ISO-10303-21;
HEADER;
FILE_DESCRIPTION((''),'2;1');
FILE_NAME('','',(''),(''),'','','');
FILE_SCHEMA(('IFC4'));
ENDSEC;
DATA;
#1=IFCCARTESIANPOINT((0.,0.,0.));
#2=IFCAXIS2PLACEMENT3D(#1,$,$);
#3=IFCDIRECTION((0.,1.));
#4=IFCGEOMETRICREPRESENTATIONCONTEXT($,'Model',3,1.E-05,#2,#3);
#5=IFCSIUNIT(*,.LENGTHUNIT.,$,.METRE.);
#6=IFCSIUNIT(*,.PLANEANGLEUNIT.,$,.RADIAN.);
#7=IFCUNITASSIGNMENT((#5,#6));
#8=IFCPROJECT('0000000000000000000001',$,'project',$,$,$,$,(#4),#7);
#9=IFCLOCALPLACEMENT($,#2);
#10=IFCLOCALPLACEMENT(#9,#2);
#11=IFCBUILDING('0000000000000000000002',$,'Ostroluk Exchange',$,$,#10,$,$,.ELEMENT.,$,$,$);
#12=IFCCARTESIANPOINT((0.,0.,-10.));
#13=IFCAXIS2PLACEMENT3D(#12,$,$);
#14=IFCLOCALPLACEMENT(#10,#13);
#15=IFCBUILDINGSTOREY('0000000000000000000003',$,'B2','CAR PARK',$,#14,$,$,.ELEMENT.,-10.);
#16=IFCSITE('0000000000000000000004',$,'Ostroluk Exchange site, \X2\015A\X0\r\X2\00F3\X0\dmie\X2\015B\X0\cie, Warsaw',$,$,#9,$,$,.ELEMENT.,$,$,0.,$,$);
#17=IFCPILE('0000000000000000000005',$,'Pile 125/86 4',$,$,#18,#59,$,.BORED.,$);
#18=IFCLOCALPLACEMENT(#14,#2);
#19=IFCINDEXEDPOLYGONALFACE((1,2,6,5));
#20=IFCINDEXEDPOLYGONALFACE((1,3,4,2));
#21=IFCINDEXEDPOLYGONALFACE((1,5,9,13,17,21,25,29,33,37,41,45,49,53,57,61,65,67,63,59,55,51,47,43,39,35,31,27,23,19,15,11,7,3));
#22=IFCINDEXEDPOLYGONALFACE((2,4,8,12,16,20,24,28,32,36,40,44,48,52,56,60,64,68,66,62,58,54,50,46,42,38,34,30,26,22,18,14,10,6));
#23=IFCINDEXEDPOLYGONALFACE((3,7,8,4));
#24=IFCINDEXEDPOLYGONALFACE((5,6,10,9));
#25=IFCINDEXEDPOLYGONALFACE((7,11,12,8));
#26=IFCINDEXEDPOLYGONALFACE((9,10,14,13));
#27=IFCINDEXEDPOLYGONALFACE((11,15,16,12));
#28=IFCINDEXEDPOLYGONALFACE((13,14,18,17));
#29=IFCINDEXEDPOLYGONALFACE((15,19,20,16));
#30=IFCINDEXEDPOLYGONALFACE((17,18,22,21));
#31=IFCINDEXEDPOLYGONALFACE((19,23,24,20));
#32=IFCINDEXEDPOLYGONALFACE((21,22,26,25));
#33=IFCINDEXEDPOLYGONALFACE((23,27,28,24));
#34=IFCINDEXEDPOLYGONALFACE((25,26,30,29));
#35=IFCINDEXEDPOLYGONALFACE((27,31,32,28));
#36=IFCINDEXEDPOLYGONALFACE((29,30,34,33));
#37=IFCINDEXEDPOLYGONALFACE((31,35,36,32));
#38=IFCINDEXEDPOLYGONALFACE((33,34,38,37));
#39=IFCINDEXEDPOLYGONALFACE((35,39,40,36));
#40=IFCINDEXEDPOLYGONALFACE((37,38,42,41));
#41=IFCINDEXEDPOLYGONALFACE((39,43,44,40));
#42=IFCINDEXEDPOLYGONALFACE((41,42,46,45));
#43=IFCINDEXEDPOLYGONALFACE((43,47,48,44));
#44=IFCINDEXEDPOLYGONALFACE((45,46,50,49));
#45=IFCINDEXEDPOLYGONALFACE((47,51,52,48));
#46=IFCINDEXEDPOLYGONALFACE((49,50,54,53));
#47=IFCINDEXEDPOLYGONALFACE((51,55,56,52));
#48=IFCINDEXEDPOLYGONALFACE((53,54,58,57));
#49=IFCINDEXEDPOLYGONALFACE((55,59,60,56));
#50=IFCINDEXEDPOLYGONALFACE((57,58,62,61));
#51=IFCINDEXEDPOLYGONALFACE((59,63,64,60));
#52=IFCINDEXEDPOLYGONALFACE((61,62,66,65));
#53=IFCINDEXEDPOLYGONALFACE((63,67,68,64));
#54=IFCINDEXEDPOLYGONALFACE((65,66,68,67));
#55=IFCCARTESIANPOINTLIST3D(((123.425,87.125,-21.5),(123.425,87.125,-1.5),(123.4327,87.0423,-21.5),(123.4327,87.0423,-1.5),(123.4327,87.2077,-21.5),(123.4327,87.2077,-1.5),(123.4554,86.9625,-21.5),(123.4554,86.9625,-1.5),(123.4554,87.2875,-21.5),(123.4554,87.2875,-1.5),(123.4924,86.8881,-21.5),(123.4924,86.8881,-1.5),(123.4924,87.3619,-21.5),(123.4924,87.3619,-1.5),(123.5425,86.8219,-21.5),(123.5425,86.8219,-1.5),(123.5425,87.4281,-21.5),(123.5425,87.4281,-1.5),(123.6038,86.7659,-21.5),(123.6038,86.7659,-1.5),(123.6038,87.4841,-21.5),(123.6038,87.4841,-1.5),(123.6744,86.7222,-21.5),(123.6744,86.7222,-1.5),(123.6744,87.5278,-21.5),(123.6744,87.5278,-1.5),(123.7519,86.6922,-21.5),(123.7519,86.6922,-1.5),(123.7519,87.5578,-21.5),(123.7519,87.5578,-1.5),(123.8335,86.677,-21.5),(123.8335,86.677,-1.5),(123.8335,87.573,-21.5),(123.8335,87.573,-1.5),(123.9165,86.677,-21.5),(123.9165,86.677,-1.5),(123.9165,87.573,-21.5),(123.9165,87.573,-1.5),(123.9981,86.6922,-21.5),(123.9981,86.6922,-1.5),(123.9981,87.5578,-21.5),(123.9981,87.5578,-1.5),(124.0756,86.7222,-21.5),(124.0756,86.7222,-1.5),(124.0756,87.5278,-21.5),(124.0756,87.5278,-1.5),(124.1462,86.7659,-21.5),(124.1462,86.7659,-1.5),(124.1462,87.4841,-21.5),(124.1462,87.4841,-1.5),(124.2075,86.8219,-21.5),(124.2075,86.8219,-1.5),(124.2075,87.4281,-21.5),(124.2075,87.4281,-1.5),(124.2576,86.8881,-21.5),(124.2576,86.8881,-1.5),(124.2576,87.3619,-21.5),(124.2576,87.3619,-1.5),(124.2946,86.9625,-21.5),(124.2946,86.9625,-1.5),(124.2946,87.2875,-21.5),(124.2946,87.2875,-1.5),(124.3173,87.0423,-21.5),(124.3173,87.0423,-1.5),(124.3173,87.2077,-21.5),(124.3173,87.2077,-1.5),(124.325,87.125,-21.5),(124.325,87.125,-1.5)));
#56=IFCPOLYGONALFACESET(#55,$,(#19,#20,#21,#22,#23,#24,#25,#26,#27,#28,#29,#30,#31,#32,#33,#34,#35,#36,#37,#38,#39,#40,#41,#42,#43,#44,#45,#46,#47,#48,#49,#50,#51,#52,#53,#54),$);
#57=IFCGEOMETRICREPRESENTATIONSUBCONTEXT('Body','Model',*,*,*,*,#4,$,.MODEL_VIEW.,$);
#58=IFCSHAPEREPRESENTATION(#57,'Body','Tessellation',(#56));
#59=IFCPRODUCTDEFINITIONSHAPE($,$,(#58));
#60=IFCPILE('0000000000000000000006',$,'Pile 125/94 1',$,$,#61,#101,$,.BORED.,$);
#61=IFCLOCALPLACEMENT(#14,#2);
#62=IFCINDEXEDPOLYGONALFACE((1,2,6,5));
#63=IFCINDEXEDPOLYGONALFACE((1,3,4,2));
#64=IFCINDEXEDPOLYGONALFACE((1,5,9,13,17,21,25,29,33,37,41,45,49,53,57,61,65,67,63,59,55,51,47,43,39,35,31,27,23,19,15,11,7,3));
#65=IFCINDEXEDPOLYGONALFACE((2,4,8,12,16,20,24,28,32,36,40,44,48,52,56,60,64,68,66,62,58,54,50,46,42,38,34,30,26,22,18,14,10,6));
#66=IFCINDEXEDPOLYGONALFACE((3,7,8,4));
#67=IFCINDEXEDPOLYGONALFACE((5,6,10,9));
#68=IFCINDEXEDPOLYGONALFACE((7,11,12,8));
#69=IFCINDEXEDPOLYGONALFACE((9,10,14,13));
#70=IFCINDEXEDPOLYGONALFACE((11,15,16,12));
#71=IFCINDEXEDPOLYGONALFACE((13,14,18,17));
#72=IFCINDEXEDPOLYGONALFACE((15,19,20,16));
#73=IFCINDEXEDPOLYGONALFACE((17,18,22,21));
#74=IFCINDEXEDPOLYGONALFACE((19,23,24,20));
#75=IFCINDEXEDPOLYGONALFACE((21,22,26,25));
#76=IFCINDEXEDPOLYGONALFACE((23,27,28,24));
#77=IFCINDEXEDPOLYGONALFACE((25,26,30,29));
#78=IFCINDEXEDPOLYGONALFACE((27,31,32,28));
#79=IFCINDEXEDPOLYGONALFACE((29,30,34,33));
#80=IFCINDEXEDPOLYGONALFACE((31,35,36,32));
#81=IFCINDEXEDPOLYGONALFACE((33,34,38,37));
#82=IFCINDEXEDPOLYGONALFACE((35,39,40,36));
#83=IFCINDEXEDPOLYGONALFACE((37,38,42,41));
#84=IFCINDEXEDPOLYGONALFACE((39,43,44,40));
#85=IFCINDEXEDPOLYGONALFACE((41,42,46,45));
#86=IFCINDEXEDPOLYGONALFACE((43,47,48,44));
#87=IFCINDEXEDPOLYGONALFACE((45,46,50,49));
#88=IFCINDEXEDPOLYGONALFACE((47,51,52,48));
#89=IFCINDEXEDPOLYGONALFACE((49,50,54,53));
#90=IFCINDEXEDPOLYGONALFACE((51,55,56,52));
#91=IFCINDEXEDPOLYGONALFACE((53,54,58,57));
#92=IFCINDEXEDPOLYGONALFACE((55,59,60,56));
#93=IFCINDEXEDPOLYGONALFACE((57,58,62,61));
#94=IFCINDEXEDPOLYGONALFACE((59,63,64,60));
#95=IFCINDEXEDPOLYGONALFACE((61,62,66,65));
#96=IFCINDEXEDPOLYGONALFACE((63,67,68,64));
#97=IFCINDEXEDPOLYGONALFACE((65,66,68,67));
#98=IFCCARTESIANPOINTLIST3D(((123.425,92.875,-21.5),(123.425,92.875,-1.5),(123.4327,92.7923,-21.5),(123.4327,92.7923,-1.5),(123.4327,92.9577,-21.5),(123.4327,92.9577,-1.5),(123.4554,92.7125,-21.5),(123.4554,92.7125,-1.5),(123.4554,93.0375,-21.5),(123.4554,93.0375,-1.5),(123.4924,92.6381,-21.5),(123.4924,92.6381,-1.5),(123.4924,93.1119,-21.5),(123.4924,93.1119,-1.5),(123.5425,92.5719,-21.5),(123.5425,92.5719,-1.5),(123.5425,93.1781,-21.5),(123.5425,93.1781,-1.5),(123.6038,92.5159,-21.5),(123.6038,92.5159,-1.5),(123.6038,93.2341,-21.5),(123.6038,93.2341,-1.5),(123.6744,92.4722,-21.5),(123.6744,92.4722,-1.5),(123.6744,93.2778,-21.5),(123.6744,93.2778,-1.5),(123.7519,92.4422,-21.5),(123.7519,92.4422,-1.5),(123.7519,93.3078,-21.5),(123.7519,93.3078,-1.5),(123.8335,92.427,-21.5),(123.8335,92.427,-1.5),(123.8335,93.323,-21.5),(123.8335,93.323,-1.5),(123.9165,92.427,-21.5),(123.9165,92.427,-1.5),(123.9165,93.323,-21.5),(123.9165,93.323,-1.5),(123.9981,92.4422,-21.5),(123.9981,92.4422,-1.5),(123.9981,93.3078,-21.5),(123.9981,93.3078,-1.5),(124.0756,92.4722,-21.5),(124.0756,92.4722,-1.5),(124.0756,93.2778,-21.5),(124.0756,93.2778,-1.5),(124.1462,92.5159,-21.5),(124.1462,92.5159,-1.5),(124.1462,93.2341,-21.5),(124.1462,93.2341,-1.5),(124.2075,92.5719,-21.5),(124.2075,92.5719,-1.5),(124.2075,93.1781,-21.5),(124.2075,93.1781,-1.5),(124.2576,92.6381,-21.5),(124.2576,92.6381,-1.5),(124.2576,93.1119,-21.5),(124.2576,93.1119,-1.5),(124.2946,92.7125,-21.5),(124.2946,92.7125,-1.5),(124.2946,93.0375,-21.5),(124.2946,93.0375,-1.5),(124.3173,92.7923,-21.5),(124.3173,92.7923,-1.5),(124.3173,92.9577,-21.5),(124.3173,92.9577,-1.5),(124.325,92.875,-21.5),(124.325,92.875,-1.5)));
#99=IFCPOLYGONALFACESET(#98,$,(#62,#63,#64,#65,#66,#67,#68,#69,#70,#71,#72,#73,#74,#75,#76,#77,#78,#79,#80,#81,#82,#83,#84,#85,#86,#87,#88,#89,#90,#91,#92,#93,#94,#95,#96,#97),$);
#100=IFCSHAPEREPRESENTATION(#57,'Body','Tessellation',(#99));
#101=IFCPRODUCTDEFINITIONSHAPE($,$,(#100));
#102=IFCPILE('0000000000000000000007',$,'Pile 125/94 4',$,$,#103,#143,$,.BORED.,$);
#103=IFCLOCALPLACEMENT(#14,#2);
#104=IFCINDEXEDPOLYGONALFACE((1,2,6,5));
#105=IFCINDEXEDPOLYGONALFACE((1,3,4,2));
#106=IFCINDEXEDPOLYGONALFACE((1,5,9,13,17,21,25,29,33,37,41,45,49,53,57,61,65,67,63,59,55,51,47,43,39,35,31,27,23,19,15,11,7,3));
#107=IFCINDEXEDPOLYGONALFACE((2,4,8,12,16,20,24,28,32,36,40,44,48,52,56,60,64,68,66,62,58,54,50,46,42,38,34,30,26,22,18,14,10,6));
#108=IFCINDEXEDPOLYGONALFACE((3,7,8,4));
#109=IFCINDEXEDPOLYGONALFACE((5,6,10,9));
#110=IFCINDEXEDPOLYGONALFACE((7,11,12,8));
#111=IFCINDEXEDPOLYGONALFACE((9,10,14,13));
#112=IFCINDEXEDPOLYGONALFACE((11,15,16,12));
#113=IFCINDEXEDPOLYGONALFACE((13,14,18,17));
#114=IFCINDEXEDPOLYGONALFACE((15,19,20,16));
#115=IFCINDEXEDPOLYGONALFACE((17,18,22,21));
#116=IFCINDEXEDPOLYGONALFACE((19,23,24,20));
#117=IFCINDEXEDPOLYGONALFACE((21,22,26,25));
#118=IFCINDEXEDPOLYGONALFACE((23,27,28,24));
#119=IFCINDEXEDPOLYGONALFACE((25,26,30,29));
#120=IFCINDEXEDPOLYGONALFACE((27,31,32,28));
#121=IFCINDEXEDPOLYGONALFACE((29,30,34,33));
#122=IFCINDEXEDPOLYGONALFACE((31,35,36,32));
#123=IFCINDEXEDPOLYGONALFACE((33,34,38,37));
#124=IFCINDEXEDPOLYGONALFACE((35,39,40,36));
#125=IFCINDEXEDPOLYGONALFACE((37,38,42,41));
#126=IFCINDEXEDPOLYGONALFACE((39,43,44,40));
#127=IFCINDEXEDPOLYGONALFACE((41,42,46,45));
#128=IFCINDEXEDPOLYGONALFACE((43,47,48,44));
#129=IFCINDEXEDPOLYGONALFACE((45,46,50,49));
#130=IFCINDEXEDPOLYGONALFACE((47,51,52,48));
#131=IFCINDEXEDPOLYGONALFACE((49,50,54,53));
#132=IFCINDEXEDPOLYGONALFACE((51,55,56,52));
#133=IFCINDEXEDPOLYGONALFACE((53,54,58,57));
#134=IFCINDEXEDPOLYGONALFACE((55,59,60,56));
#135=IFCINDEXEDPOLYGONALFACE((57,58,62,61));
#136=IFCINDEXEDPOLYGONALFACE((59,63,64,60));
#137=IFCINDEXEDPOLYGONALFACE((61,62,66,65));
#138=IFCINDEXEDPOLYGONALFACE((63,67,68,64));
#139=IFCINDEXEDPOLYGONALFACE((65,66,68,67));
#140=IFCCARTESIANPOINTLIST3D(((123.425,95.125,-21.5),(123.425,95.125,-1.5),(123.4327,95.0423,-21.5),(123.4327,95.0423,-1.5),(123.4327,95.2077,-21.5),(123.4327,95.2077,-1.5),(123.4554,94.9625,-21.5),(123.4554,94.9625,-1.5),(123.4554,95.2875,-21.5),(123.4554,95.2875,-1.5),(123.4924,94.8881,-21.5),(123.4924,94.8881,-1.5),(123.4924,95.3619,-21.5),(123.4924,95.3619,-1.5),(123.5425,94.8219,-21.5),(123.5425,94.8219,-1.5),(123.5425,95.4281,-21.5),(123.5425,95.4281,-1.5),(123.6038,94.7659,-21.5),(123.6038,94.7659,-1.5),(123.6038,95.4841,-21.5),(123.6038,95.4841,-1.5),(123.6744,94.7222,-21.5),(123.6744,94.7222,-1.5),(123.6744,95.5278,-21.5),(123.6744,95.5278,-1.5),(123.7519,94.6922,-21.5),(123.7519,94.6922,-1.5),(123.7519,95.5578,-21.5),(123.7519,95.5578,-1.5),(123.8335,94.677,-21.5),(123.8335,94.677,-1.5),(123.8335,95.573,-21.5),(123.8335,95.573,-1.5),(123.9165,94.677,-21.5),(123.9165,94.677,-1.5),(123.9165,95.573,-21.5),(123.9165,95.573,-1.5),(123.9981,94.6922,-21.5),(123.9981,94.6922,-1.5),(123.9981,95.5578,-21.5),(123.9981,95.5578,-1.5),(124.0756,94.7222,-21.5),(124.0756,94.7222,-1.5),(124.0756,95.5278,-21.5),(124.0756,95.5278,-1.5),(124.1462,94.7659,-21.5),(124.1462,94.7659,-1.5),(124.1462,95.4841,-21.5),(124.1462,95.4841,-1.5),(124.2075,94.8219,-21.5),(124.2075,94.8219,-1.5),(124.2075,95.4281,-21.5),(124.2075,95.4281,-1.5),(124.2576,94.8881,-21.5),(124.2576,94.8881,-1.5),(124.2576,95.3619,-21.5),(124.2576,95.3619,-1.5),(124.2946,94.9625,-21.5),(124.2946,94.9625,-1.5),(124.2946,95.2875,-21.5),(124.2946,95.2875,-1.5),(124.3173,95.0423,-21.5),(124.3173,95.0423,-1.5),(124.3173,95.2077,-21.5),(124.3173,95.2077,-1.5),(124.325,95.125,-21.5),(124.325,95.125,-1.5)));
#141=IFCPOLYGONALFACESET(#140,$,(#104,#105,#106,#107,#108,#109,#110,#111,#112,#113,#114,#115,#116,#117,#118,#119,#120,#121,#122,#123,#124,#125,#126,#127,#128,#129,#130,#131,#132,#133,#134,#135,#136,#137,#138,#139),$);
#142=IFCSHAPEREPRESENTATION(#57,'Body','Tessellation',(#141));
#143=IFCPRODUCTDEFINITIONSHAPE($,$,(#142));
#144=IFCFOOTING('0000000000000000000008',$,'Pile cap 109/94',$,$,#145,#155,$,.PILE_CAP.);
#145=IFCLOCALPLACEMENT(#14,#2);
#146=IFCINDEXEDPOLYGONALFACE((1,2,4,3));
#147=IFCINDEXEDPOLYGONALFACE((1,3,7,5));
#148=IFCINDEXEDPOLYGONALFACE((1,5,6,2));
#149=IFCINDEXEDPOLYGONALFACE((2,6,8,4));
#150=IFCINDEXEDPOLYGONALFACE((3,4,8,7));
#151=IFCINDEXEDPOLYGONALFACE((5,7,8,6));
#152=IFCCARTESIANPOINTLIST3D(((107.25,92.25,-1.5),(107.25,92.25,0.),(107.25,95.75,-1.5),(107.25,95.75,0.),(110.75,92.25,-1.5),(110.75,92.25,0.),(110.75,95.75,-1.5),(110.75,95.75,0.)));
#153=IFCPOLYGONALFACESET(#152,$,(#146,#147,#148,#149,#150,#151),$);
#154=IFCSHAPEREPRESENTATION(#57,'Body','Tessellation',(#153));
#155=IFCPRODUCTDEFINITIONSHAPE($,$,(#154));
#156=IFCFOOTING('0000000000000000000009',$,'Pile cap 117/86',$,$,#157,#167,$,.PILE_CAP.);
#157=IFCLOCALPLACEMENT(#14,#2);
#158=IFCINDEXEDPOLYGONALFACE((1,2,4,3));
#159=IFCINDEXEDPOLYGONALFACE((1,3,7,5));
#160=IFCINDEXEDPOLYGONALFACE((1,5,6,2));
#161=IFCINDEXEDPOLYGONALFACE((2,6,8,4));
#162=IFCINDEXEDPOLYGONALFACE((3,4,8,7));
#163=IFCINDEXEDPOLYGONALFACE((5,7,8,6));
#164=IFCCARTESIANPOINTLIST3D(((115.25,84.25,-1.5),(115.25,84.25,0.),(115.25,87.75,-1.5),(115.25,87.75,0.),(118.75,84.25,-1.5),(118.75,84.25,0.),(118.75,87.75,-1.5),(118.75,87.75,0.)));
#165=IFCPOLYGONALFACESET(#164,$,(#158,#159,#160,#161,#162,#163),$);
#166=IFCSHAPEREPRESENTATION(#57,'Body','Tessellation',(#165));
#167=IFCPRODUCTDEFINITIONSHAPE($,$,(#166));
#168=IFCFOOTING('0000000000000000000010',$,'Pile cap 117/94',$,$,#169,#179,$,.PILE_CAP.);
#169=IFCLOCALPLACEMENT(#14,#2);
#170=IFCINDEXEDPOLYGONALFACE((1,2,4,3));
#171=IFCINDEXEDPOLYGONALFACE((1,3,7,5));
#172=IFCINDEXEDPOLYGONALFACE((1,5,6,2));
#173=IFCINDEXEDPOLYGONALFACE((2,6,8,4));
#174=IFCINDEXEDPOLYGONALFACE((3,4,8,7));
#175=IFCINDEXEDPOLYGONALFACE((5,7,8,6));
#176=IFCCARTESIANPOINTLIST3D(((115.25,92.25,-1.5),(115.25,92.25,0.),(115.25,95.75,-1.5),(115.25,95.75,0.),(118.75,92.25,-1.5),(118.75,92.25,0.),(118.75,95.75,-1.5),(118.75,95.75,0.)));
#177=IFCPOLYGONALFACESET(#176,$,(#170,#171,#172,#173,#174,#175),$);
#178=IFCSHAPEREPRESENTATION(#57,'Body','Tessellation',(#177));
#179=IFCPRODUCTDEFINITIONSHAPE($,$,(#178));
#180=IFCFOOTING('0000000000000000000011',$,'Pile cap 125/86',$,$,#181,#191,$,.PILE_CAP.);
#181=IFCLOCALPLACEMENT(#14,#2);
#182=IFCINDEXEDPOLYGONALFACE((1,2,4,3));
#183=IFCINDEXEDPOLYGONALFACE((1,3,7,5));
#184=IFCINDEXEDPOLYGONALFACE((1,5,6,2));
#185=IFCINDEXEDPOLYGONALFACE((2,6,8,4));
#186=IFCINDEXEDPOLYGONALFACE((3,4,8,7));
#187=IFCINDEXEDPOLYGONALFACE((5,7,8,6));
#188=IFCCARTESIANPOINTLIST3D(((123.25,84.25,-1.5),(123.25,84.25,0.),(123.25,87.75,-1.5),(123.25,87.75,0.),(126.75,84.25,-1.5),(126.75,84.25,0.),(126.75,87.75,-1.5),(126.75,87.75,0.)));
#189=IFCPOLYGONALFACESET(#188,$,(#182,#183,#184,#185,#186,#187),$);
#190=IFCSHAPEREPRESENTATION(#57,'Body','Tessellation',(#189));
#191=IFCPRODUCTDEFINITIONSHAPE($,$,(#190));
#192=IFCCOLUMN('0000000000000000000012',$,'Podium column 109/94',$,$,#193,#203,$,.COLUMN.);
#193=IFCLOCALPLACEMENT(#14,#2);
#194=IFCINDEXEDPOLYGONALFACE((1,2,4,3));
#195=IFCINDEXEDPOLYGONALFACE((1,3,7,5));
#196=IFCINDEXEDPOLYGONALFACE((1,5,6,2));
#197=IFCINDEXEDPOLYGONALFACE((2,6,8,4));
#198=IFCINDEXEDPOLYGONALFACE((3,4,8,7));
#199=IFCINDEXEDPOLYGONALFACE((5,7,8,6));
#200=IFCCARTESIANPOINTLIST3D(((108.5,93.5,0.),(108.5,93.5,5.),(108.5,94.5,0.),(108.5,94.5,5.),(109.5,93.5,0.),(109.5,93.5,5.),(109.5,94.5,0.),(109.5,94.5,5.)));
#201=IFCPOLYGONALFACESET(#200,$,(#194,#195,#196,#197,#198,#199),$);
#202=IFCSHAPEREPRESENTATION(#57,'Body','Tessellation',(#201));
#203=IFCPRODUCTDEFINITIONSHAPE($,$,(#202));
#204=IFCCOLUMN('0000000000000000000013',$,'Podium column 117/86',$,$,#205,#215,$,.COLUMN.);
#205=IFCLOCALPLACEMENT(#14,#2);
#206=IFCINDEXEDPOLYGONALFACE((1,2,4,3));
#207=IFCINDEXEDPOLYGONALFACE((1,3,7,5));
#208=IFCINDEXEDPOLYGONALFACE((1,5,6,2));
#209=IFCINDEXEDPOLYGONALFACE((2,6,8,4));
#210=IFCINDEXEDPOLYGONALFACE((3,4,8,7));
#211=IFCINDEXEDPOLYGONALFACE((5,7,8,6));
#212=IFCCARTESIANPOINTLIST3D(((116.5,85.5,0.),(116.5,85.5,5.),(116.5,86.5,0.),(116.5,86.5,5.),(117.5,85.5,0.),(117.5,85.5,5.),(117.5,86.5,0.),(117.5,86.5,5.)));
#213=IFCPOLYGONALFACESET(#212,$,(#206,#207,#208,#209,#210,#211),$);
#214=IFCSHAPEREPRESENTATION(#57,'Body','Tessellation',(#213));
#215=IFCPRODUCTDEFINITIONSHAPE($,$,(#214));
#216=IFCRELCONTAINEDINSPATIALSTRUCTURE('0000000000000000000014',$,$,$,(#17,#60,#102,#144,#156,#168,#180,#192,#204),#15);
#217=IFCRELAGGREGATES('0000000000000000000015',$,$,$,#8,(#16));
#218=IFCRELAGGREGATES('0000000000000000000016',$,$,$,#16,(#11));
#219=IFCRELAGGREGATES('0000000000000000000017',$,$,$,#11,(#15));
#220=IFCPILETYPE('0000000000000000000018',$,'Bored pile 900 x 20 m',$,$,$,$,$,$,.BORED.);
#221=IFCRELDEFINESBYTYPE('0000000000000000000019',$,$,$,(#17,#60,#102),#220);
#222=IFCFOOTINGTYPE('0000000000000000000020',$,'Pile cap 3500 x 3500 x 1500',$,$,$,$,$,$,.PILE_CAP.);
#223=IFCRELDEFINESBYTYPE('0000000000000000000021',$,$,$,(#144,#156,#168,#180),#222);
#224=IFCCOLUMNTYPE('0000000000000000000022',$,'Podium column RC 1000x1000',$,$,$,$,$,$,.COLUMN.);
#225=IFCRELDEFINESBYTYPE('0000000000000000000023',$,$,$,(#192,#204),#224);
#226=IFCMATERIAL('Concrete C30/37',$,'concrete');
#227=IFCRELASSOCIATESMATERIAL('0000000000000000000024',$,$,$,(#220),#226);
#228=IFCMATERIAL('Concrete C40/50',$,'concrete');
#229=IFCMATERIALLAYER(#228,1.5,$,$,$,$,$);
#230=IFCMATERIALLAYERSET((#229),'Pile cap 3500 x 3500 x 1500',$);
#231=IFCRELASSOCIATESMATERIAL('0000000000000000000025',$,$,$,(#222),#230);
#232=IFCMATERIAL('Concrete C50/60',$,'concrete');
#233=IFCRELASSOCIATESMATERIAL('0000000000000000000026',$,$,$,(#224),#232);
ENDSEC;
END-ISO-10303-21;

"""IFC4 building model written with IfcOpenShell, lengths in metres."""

from ifc_helpers import new_model, si_unit, direction, frame, origin, origin_2d, place, context, subcontext, project, spatial, rectangle, circle, extrude, material, layer, layer_set, material_profile, profile_set, type_object, element, save


model = new_model("IFC4")

# Units and contexts
model_context = context("Model", 3, precision=1e-05, world=origin(), true_north=direction((0.0, 1.0)))
body_context = subcontext(model_context, "Body", "Model", "MODEL_VIEW")
ifc_project = project(units=[si_unit("LENGTHUNIT", "METRE"), si_unit("PLANEANGLEUNIT", "RADIAN")], contexts=[model_context])

# Site, building, storey
site_placement = place(None, origin())
site = spatial("IfcSite", under=ifc_project, at=site_placement, Name="Ostroluk Exchange site, Śródmieście, Warsaw", CompositionType="ELEMENT", RefElevation=0.0)
building_placement = place(site_placement, origin())
building = spatial("IfcBuilding", under=site, at=building_placement, Name="Ostroluk Exchange", CompositionType="ELEMENT")
storey_placement = place(building_placement, frame((0.0, 0.0, -10.0)))
storey = spatial("IfcBuildingStorey", under=building, at=storey_placement, Name="B2", Description="CAR PARK", CompositionType="ELEMENT", Elevation=-10.0)

# Piles
ifc_material_1 = material(Name="Concrete C30/37", Category="concrete")
pile_type = type_object("IfcPileType", Name="Bored pile 900 x 20 m", PredefinedType="BORED", material=ifc_material_1)
for number, where, z_axis, x_axis, name in (
    (1, (123.875, 87.125, -1.5), (0.0, 0.0, -1.0), (1.0, 0.0, 0.0), "Pile 125/86 4"),
    (2, (123.875, 92.875, -1.5), (0.0, 0.0, -1.0), (1.0, 0.0, 0.0), "Pile 125/94 1"),
    (3, (123.875, 95.125, -1.5), (0.0, 0.0, -1.0), (1.0, 0.0, 0.0), "Pile 125/94 4"),
):
    element("IfcPile", number, at=place(storey_placement, frame(where, z_axis=z_axis, x_axis=x_axis)), inside=storey, type_object=pile_type, Name=name, PredefinedType="BORED", context=body_context, shape_type="SweptSolid", body=[
        extrude(circle(Radius=0.45, at=origin_2d()), origin(), (0.0, 0.0, 1.0), 20.0),
    ])

# Footings
ifc_material_2 = material(Name="Concrete C40/50", Category="concrete")
ifc_layer = layer(ifc_material_2, 1.5)
ifc_layer_set = layer_set([ifc_layer], Name="Pile cap 3500 x 3500 x 1500")
footing_type = type_object("IfcFootingType", Name="Pile cap 3500 x 3500 x 1500", PredefinedType="PILE_CAP", material=ifc_layer_set)
for number, where, z_axis, x_axis, name in (
    (4, (109.0, 94.0, -1.5), (0.0, 0.0, 1.0), (1.0, 0.0, 0.0), "Pile cap 109/94"),
    (5, (117.0, 86.0, -1.5), (0.0, 0.0, 1.0), (1.0, 0.0, 0.0), "Pile cap 117/86"),
    (6, (117.0, 94.0, -1.5), (0.0, 0.0, 1.0), (1.0, 0.0, 0.0), "Pile cap 117/94"),
    (7, (125.0, 86.0, -1.5), (0.0, 0.0, 1.0), (1.0, 0.0, 0.0), "Pile cap 125/86"),
):
    element("IfcFooting", number, at=place(storey_placement, frame(where, z_axis=z_axis, x_axis=x_axis)), inside=storey, type_object=footing_type, Name=name, PredefinedType="PILE_CAP", context=body_context, shape_type="SweptSolid", body=[
        extrude(rectangle(XDim=3.5, YDim=3.5, at=origin_2d()), origin(), (0.0, 0.0, 1.0), 1.5),
    ])

# Columns
ifc_material_3 = material(Name="Concrete C50/60", Category="concrete")
ifc_material_profile = material_profile(ifc_material_3, rectangle(XDim=1.0, YDim=1.0, at=origin_2d()), Name="RC 1000x1000")
ifc_profile_set = profile_set([ifc_material_profile], Name="Concrete C50/60")
column_type = type_object("IfcColumnType", Name="Podium column RC 1000x1000", PredefinedType="COLUMN", material=ifc_profile_set)
for number, where, z_axis, x_axis, name in (
    (8, (109.0, 94.0, 0.0), (0.0, 0.0, 1.0), (1.0, 0.0, 0.0), "Podium column 109/94"),
    (9, (117.0, 86.0, 0.0), (0.0, 0.0, 1.0), (1.0, 0.0, 0.0), "Podium column 117/86"),
):
    element("IfcColumn", number, at=place(storey_placement, frame(where, z_axis=z_axis, x_axis=x_axis)), inside=storey, type_object=column_type, Name=name, PredefinedType="COLUMN", context=body_context, shape_type="SweptSolid", body=[
        extrude(rectangle(XDim=1.0, YDim=1.0, at=origin_2d()), origin(), (0.0, 0.0, 1.0), 5.0),
    ])

save(model, "model.ifc")
